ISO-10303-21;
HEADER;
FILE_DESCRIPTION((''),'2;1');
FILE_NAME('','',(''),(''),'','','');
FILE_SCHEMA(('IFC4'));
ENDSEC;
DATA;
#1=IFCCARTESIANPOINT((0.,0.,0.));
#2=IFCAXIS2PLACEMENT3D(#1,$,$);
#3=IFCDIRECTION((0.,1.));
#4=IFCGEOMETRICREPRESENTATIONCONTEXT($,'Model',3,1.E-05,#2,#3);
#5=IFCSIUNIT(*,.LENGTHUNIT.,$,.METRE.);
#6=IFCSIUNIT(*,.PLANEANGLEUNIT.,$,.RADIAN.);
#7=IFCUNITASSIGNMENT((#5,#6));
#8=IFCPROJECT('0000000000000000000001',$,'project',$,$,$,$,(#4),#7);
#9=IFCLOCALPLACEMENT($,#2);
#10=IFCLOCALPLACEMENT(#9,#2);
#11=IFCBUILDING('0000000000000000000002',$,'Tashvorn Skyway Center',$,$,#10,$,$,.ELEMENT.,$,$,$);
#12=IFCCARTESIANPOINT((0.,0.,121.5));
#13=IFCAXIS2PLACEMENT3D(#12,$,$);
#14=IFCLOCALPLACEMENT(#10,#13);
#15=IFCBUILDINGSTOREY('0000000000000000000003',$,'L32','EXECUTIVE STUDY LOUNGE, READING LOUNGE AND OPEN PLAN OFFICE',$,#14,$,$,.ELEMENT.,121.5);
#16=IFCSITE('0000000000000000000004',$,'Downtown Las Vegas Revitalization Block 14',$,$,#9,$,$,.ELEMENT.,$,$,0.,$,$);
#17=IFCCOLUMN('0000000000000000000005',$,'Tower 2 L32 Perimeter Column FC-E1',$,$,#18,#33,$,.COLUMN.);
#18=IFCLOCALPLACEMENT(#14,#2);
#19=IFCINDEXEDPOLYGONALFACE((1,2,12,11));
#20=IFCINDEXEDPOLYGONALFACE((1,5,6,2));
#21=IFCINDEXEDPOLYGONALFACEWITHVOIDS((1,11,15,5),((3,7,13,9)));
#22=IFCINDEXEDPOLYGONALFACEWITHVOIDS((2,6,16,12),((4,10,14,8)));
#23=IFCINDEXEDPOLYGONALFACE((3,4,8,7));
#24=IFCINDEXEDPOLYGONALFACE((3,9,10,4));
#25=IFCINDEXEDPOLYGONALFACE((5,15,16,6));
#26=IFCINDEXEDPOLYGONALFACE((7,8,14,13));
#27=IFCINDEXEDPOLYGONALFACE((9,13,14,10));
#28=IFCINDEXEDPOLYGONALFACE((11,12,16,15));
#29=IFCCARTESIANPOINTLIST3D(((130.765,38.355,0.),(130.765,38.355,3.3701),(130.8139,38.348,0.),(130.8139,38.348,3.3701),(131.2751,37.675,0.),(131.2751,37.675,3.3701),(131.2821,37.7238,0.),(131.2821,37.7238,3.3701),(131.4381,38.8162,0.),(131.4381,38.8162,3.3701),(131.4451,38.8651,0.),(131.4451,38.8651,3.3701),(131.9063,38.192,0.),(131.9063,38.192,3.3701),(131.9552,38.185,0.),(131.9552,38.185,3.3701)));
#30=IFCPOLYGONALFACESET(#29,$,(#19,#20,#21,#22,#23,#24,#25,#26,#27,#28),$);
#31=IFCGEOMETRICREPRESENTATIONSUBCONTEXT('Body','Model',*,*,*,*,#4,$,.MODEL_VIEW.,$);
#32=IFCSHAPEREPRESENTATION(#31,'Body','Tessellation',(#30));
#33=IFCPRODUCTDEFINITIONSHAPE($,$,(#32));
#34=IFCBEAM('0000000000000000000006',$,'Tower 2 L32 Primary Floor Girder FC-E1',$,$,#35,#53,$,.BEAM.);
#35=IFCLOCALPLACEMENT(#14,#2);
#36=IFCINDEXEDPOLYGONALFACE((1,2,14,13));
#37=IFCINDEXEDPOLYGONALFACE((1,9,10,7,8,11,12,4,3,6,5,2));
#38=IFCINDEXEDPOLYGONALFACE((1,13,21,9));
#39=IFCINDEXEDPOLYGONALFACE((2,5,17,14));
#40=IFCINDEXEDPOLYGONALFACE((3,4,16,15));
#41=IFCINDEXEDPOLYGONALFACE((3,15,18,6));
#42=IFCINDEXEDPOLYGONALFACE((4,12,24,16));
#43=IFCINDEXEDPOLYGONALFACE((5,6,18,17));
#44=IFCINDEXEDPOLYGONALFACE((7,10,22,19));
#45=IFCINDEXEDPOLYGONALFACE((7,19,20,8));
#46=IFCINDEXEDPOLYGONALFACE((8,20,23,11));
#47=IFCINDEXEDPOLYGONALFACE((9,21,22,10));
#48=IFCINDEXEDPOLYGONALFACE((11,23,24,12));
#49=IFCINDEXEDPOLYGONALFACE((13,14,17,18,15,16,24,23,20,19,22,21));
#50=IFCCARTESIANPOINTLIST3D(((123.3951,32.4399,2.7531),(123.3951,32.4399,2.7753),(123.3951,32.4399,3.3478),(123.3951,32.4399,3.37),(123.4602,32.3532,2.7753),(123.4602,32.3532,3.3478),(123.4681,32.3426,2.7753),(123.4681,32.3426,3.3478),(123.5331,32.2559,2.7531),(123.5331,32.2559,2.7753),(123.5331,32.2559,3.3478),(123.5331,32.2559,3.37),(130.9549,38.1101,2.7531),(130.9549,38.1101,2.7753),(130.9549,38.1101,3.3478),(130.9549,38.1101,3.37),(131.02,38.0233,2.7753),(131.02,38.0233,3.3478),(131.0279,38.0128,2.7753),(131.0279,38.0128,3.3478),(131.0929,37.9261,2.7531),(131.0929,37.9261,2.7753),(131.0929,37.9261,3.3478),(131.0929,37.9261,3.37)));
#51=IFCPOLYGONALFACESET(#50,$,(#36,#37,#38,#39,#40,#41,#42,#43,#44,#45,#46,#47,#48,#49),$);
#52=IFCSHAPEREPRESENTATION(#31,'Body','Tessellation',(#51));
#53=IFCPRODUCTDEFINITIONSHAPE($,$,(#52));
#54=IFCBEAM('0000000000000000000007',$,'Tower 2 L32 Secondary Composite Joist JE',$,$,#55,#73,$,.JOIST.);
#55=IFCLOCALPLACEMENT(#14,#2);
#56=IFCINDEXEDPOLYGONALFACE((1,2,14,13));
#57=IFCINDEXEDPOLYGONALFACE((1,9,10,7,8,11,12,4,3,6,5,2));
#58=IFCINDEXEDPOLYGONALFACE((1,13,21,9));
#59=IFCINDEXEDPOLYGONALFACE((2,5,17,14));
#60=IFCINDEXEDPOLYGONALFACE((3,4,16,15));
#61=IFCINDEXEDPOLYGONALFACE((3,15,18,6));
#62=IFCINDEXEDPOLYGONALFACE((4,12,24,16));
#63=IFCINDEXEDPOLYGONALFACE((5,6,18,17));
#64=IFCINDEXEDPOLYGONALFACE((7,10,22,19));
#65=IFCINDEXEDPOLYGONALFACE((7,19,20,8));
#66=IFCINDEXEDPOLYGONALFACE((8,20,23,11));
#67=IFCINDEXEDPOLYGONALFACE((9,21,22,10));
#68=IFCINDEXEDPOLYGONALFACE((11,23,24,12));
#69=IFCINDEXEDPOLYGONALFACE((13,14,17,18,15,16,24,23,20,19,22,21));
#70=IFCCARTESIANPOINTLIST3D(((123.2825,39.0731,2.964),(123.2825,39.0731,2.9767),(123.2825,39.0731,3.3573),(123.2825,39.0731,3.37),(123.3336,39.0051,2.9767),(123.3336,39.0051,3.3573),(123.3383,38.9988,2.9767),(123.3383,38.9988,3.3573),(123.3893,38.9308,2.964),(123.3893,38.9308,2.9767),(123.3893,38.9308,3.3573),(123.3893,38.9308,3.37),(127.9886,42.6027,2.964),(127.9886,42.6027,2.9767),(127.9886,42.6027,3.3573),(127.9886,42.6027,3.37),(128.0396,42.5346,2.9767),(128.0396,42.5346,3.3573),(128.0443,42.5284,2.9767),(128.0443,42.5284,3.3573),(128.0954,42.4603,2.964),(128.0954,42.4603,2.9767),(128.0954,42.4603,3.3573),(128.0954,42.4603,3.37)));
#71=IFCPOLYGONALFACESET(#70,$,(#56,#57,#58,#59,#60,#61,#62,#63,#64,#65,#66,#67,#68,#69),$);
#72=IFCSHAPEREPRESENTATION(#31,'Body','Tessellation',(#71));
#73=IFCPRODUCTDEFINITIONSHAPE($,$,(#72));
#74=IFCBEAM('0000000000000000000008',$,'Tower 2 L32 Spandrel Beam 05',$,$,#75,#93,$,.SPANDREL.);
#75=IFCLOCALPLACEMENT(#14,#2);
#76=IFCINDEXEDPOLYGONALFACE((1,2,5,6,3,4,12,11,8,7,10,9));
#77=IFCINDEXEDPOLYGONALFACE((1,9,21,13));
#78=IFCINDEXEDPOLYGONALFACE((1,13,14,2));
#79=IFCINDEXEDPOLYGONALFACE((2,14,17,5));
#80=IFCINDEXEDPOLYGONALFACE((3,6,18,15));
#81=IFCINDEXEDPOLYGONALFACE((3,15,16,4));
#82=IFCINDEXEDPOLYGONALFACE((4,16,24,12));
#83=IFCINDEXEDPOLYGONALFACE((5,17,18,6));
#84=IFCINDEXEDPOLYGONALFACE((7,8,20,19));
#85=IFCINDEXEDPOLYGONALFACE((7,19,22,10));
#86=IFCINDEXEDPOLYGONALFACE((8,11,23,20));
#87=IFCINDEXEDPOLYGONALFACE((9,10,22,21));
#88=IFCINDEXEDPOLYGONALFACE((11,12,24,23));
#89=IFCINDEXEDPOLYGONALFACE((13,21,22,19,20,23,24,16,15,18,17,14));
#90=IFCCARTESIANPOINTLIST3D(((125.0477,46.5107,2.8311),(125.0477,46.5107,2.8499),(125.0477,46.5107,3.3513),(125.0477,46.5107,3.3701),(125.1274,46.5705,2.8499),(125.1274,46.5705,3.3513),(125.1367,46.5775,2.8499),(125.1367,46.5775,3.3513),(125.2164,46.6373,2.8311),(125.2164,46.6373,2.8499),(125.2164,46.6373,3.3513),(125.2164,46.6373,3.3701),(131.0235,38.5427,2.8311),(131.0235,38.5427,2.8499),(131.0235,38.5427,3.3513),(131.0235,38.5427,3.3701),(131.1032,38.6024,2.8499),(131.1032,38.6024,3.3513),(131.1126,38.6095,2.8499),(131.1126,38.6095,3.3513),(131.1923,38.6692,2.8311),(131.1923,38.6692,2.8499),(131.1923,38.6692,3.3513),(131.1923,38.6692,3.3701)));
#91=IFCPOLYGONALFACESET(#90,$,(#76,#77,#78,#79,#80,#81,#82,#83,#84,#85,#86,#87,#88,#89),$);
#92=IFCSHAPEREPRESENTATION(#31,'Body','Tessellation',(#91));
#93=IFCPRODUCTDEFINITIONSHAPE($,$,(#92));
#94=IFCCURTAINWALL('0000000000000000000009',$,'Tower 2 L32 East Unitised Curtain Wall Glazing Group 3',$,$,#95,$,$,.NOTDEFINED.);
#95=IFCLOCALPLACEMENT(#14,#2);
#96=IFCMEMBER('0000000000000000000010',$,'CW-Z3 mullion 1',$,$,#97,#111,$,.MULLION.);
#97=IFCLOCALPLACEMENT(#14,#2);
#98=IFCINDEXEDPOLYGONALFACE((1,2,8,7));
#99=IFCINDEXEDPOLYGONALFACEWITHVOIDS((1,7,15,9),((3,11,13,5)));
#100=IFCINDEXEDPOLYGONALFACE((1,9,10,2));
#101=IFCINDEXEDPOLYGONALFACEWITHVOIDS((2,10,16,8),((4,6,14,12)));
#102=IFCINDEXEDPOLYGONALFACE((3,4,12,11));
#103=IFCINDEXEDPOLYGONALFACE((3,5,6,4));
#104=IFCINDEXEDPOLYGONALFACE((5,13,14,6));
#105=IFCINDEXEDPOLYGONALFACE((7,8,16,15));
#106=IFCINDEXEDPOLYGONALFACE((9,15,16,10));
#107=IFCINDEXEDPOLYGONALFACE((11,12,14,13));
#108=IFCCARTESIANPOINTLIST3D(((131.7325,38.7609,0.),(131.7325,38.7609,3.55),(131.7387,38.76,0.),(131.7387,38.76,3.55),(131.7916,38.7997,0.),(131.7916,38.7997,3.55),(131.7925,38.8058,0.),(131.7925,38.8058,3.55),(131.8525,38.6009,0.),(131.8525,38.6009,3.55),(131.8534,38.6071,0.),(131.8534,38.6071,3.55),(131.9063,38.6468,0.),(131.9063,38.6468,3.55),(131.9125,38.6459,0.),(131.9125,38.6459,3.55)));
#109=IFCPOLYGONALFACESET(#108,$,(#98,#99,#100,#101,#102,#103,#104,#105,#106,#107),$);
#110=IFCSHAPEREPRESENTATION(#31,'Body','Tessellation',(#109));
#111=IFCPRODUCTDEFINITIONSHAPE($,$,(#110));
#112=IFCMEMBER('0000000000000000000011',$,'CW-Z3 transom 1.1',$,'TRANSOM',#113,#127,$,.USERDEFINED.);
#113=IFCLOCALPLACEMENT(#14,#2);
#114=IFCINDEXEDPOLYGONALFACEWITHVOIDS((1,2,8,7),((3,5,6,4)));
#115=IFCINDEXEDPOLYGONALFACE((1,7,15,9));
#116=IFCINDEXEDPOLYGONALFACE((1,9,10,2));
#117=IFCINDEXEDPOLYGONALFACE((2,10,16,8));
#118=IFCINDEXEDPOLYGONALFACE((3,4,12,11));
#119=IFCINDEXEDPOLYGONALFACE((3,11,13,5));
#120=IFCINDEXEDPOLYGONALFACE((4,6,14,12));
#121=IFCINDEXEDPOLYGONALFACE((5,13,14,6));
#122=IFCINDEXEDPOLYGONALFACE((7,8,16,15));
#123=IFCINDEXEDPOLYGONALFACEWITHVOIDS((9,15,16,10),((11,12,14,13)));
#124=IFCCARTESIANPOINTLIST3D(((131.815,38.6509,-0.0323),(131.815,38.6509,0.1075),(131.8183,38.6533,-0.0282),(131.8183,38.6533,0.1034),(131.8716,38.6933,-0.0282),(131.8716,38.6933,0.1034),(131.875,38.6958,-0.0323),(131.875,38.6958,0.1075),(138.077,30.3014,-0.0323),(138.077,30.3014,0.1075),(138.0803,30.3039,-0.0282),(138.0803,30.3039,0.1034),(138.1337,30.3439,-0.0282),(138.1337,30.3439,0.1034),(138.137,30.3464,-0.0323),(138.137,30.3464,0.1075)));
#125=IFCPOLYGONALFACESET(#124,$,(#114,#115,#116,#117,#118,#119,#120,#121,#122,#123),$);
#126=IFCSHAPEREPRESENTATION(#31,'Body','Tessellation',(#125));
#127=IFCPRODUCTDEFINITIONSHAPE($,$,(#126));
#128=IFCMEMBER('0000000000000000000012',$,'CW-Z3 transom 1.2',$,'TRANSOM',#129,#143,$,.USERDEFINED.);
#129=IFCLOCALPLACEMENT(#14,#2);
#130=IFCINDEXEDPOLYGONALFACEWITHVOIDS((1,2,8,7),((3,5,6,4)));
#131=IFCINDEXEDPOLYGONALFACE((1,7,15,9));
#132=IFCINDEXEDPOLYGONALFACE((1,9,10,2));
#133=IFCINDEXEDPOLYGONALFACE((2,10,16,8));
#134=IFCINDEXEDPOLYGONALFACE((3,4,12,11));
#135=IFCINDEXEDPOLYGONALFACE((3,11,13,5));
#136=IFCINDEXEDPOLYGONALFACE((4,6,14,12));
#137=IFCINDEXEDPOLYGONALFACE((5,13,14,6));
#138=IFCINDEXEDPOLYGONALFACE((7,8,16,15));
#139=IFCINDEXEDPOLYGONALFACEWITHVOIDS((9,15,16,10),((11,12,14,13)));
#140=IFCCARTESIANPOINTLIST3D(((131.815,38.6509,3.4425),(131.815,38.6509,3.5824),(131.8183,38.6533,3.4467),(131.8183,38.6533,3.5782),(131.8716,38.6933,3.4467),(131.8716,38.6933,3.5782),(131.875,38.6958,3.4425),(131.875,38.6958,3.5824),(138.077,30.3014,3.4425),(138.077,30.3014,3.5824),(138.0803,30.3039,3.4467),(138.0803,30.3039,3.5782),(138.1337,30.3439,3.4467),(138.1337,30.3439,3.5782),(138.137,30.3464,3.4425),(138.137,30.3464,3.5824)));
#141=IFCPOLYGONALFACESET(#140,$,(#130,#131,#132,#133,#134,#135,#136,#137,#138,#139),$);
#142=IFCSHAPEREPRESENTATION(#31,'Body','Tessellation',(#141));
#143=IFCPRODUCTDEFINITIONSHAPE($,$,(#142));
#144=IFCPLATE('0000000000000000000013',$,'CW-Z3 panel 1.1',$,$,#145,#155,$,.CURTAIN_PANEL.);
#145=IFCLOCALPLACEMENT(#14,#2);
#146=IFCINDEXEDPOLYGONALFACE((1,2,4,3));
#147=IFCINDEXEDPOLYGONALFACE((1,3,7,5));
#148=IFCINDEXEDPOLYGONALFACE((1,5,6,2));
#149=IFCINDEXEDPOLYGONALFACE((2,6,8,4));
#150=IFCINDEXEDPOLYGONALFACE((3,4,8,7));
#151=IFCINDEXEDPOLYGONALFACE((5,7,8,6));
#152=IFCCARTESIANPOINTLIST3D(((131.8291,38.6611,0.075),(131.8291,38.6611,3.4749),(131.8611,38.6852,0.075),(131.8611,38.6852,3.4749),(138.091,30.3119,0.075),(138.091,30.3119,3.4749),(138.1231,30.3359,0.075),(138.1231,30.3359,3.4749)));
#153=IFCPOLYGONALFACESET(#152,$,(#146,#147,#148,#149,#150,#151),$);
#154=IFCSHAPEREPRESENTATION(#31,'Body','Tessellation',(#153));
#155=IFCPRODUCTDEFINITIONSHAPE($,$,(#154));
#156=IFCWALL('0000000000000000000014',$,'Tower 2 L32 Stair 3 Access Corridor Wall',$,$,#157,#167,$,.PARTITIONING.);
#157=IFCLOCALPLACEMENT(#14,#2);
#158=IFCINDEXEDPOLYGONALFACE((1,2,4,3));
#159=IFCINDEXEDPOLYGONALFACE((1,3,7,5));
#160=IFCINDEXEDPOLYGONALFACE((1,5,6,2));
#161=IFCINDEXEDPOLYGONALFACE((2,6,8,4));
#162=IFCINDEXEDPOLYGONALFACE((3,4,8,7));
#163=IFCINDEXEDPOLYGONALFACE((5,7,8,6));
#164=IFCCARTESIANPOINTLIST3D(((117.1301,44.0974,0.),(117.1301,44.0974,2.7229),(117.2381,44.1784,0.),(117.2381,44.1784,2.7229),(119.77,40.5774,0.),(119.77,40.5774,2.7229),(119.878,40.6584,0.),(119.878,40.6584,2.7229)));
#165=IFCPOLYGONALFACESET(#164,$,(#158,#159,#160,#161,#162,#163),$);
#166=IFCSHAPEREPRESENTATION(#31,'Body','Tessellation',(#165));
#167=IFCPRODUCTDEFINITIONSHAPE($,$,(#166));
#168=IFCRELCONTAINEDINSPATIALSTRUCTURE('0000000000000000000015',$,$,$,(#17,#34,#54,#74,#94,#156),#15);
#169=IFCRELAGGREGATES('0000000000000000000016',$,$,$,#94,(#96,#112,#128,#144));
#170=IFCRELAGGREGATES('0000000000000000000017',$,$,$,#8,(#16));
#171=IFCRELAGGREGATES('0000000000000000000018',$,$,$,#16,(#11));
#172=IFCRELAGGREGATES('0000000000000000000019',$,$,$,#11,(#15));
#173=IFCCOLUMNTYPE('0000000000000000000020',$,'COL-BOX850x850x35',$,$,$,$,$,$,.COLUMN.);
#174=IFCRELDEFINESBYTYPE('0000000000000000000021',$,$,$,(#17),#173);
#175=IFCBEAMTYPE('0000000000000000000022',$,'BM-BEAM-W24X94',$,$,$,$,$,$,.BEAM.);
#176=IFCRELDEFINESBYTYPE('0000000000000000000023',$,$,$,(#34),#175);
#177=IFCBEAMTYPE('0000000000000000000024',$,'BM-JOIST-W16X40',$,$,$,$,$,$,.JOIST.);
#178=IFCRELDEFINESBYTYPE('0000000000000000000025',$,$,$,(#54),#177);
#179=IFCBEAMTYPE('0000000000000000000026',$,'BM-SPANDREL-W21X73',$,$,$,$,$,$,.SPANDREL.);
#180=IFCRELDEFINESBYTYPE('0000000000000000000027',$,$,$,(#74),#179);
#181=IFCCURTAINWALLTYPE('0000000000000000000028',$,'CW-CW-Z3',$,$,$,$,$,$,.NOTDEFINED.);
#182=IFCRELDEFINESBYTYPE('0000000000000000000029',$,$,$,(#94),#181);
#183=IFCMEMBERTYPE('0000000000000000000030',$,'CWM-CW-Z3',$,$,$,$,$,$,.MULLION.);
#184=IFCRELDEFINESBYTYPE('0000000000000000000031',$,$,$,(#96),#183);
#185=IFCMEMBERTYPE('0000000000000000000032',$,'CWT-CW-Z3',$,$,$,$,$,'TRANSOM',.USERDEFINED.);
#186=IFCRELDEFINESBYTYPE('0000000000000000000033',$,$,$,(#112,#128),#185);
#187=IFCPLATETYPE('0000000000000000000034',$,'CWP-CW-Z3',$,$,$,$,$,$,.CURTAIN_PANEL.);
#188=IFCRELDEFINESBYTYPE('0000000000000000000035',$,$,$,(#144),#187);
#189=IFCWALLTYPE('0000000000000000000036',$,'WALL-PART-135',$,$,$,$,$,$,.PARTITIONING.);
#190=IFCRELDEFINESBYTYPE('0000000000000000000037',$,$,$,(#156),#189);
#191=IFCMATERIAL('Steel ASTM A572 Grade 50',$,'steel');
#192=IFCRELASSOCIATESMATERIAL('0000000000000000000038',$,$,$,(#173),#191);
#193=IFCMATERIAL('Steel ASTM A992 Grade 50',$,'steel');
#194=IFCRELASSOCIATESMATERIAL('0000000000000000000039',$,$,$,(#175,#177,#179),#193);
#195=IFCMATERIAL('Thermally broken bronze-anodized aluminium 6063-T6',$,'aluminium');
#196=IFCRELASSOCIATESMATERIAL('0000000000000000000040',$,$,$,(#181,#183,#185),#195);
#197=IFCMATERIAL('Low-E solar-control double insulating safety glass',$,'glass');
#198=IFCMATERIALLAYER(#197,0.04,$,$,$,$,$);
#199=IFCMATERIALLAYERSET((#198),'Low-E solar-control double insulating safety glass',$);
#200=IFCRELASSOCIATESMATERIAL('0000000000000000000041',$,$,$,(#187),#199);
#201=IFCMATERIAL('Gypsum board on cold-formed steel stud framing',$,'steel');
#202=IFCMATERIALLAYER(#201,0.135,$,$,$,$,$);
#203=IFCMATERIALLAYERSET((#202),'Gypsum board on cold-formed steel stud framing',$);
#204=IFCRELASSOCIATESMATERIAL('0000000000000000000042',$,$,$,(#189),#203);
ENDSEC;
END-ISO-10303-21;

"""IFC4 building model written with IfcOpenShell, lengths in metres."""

from ifc_helpers import new_model, si_unit, direction, frame, frame_2d, origin, origin_2d, place, context, subcontext, project, spatial, rectangle, hollow_rectangle, i_section, extrude, material, layer, layer_set, material_profile, profile_set, type_object, element, aggregate, save


model = new_model("IFC4")

# Units and contexts
model_context = context("Model", 3, precision=1e-05, world=origin(), true_north=direction((0.0, 1.0)))
body_context = subcontext(model_context, "Body", "Model", "MODEL_VIEW")
ifc_project = project(units=[si_unit("LENGTHUNIT", "METRE"), si_unit("PLANEANGLEUNIT", "RADIAN")], contexts=[model_context])

# Site, building, storey
site_placement = place(None, origin())
site = spatial("IfcSite", under=ifc_project, at=site_placement, Name="Downtown Las Vegas Revitalization Block 14", CompositionType="ELEMENT", RefElevation=0.0)
building_placement = place(site_placement, origin())
building = spatial("IfcBuilding", under=site, at=building_placement, Name="Tashvorn Skyway Center", CompositionType="ELEMENT")
storey_placement = place(building_placement, frame((0.0, 0.0, 121.5)))
storey = spatial("IfcBuildingStorey", under=building, at=storey_placement, Name="L32", Description="EXECUTIVE STUDY LOUNGE, READING LOUNGE AND OPEN PLAN OFFICE", CompositionType="ELEMENT", Elevation=121.5)

# Column
ifc_material_1 = material(Name="Steel ASTM A572 Grade 50", Category="steel")
ifc_material_profile_1 = material_profile(ifc_material_1, hollow_rectangle(XDim=0.8501, YDim=0.8501, WallThickness=0.0349, at=origin_2d()), Name="BOX850x850x35")
ifc_profile_set_1 = profile_set([ifc_material_profile_1], Name="Steel ASTM A572 Grade 50")
column_type = type_object("IfcColumnType", Name="COL-BOX850x850x35", PredefinedType="COLUMN", material=ifc_profile_set_1)
column_placement = place(storey_placement, frame((131.3601, 38.27, 0.0), z_axis=(0.0, 0.0, 1.0), x_axis=(0.8, 0.6, 0.0)))
element("IfcColumn", 1, at=column_placement, inside=storey, type_object=column_type, Name="Tower 2 L32 Perimeter Column FC-E1", PredefinedType="COLUMN", context=body_context, shape_type="SweptSolid", body=[
    extrude(hollow_rectangle(XDim=0.8501, YDim=0.8501, WallThickness=0.0349, at=origin_2d()), origin(), (0.0, 0.0, 1.0), 3.3701),
])

# Beams
ifc_material_2 = material(Name="Steel ASTM A992 Grade 50", Category="steel")
ifc_material_profile_2 = material_profile(ifc_material_2, i_section(OverallWidth=0.23, OverallDepth=0.6169, WebThickness=0.0132, FlangeThickness=0.0222, at=origin_2d()), Name="W24X94")
ifc_profile_set_2 = profile_set([ifc_material_profile_2], Name="Steel ASTM A992 Grade 50")
beam_type_1 = type_object("IfcBeamType", Name="BM-BEAM-W24X94", PredefinedType="BEAM", material=ifc_profile_set_2)
beam_1_placement = place(storey_placement, frame((131.0239, 38.0181, 3.0615), z_axis=(-0.799984, -0.600021, 0.0), x_axis=(0.600021, -0.799984, 0.0)))
element("IfcBeam", 2, at=beam_1_placement, inside=storey, type_object=beam_type_1, Name="Tower 2 L32 Primary Floor Girder FC-E1", PredefinedType="BEAM", context=body_context, shape_type="SweptSolid", body=[
    extrude(i_section(OverallWidth=0.23, OverallDepth=0.6169, WebThickness=0.0132, FlangeThickness=0.0222, at=origin_2d()), origin(), (0.0, 0.0, 1.0), 9.45),
])
ifc_material_profile_3 = material_profile(ifc_material_2, i_section(OverallWidth=0.178, OverallDepth=0.406, WebThickness=0.0078, FlangeThickness=0.0127, at=origin_2d()), Name="W16X40")
ifc_profile_set_3 = profile_set([ifc_material_profile_3], Name="Steel ASTM A992 Grade 50")
beam_type_2 = type_object("IfcBeamType", Name="BM-JOIST-W16X40", PredefinedType="JOIST", material=ifc_profile_set_3)
beam_2_placement = place(storey_placement, frame((123.3359, 39.002, 3.167), z_axis=(0.8, 0.6, 0.0), x_axis=(-0.6, 0.8, 0.0)))
element("IfcBeam", 3, at=beam_2_placement, inside=storey, type_object=beam_type_2, Name="Tower 2 L32 Secondary Composite Joist JE", PredefinedType="JOIST", context=body_context, shape_type="SweptSolid", body=[
    extrude(i_section(OverallWidth=0.178, OverallDepth=0.406, WebThickness=0.0078, FlangeThickness=0.0127, at=origin_2d()), origin(), (0.0, 0.0, 1.0), 5.8826),
])
ifc_material_profile_4 = material_profile(ifc_material_2, i_section(OverallWidth=0.2109, OverallDepth=0.5391, WebThickness=0.0117, FlangeThickness=0.0188, at=origin_2d()), Name="W21X73")
ifc_profile_set_4 = profile_set([ifc_material_profile_4], Name="Steel ASTM A992 Grade 50")
beam_type_3 = type_object("IfcBeamType", Name="BM-SPANDREL-W21X73", PredefinedType="SPANDREL", material=ifc_profile_set_4)
beam_3_placement = place(storey_placement, frame((131.1079, 38.606, 3.1006), z_axis=(-0.599988, 0.800009, 0.0), x_axis=(-0.800009, -0.599988, 0.0)))
element("IfcBeam", 4, at=beam_3_placement, inside=storey, type_object=beam_type_3, Name="Tower 2 L32 Spandrel Beam 05", PredefinedType="SPANDREL", context=body_context, shape_type="SweptSolid", body=[
    extrude(i_section(OverallWidth=0.2109, OverallDepth=0.5391, WebThickness=0.0117, FlangeThickness=0.0188, at=origin_2d()), origin(), (0.0, 0.0, 1.0), 9.96),
])

# Curtain wall, members, plate
ifc_material_3 = material(Name="Thermally broken bronze-anodized aluminium 6063-T6", Category="aluminium")
curtain_wall_type = type_object("IfcCurtainWallType", Name="CW-CW-Z3", PredefinedType="NOTDEFINED", material=ifc_material_3)
curtain_wall_placement = place(storey_placement, origin())
curtain_wall = element("IfcCurtainWall", 5, at=curtain_wall_placement, inside=storey, type_object=curtain_wall_type, Name="Tower 2 L32 East Unitised Curtain Wall Glazing Group 3", PredefinedType="NOTDEFINED")
ifc_material_profile_5 = material_profile(ifc_material_3, hollow_rectangle(XDim=0.075, YDim=0.2, WallThickness=0.0044, at=origin_2d()), Name="ALU-MULL-75x200")
ifc_profile_set_5 = profile_set([ifc_material_profile_5], Name="Thermally broken bronze-anodized aluminium 6063-T6")
member_type_1 = type_object("IfcMemberType", Name="CWM-CW-Z3", PredefinedType="MULLION", material=ifc_profile_set_5)
member_1_placement = place(storey_placement, frame((131.8225, 38.7034, 0.0), z_axis=(0.0, 0.0, 1.0), x_axis=(0.799999, 0.600002, 0.0)))
member_1 = element("IfcMember", 6, at=member_1_placement, type_object=member_type_1, Name="CW-Z3 mullion 1", PredefinedType="MULLION", context=body_context, shape_type="SweptSolid", body=[
    extrude(hollow_rectangle(XDim=0.075, YDim=0.2, WallThickness=0.0044, at=origin_2d()), origin(), (0.0, 0.0, 1.0), 3.55),
])
ifc_material_profile_6 = material_profile(ifc_material_3, hollow_rectangle(XDim=0.075, YDim=0.1399, WallThickness=0.0042, at=origin_2d()), Name="ALU-TRAN-75x140")
ifc_profile_set_6 = profile_set([ifc_material_profile_6], Name="Thermally broken bronze-anodized aluminium 6063-T6")
member_type_2 = type_object("IfcMemberType", Name="CWT-CW-Z3", ElementType="TRANSOM", PredefinedType="USERDEFINED", material=ifc_profile_set_6)
member_2_placement = place(storey_placement, frame((131.845, 38.6733, 0.0376), z_axis=(0.599996, -0.800003, 0.0), x_axis=(0.800003, 0.599996, 0.0)))
member_2 = element("IfcMember", 7, at=member_2_placement, type_object=member_type_2, Name="CW-Z3 transom 1.1", ObjectType="TRANSOM", PredefinedType="USERDEFINED", context=body_context, shape_type="SweptSolid", body=[
    extrude(hollow_rectangle(XDim=0.075, YDim=0.1399, WallThickness=0.0042, at=origin_2d()), origin(), (0.0, 0.0, 1.0), 10.4368),
])
member_3_placement = place(storey_placement, frame((131.845, 38.6733, 3.5125), z_axis=(0.599996, -0.800003, 0.0), x_axis=(0.800003, 0.599996, 0.0)))
member_3 = element("IfcMember", 8, at=member_3_placement, type_object=member_type_2, Name="CW-Z3 transom 1.2", ObjectType="TRANSOM", PredefinedType="USERDEFINED", context=body_context, shape_type="SweptSolid", body=[
    extrude(hollow_rectangle(XDim=0.075, YDim=0.1399, WallThickness=0.0042, at=origin_2d()), origin(), (0.0, 0.0, 1.0), 10.4368),
])
ifc_material_4 = material(Name="Low-E solar-control double insulating safety glass", Category="glass")
ifc_layer_1 = layer(ifc_material_4, 0.04)
ifc_layer_set_1 = layer_set([ifc_layer_1], Name="Low-E solar-control double insulating safety glass")
plate_type = type_object("IfcPlateType", Name="CWP-CW-Z3", PredefinedType="CURTAIN_PANEL", material=ifc_layer_set_1)
plate_placement = place(storey_placement, frame((134.9761, 34.4985, 0.075), z_axis=(0.0, 0.0, 1.0), x_axis=(0.600002, -0.799999, 0.0)))
plate = element("IfcPlate", 9, at=plate_placement, type_object=plate_type, Name="CW-Z3 panel 1.1", PredefinedType="CURTAIN_PANEL", context=body_context, shape_type="SweptSolid", body=[
    extrude(rectangle(XDim=10.4365, YDim=0.04, at=origin_2d()), origin(), (0.0, 0.0, 1.0), 3.3999),
])
aggregate(curtain_wall, [member_1, member_2, member_3, plate])

# Wall
ifc_material_5 = material(Name="Gypsum board on cold-formed steel stud framing", Category="steel")
ifc_layer_2 = layer(ifc_material_5, 0.135)
ifc_layer_set_2 = layer_set([ifc_layer_2], Name="Gypsum board on cold-formed steel stud framing")
wall_type_1 = type_object("IfcWallType", Name="WALL-PART-135", PredefinedType="PARTITIONING", material=ifc_layer_set_2)
wall_1_placement = place(storey_placement, frame((119.824, 40.6179, 0.0), z_axis=(0.0, 0.0, 1.0), x_axis=(-0.599982, 0.800013, 0.0)))
element("IfcWall", 10, at=wall_1_placement, inside=storey, type_object=wall_type_1, Name="Tower 2 L32 Stair 3 Access Corridor Wall", PredefinedType="PARTITIONING", context=body_context, shape_type="SweptSolid", body=[
    extrude(rectangle(XDim=4.3999, YDim=0.135, at=frame_2d((2.2, 0.0))), origin(), (0.0, 0.0, 1.0), 2.7229),
])

save(model, "model.ifc")
